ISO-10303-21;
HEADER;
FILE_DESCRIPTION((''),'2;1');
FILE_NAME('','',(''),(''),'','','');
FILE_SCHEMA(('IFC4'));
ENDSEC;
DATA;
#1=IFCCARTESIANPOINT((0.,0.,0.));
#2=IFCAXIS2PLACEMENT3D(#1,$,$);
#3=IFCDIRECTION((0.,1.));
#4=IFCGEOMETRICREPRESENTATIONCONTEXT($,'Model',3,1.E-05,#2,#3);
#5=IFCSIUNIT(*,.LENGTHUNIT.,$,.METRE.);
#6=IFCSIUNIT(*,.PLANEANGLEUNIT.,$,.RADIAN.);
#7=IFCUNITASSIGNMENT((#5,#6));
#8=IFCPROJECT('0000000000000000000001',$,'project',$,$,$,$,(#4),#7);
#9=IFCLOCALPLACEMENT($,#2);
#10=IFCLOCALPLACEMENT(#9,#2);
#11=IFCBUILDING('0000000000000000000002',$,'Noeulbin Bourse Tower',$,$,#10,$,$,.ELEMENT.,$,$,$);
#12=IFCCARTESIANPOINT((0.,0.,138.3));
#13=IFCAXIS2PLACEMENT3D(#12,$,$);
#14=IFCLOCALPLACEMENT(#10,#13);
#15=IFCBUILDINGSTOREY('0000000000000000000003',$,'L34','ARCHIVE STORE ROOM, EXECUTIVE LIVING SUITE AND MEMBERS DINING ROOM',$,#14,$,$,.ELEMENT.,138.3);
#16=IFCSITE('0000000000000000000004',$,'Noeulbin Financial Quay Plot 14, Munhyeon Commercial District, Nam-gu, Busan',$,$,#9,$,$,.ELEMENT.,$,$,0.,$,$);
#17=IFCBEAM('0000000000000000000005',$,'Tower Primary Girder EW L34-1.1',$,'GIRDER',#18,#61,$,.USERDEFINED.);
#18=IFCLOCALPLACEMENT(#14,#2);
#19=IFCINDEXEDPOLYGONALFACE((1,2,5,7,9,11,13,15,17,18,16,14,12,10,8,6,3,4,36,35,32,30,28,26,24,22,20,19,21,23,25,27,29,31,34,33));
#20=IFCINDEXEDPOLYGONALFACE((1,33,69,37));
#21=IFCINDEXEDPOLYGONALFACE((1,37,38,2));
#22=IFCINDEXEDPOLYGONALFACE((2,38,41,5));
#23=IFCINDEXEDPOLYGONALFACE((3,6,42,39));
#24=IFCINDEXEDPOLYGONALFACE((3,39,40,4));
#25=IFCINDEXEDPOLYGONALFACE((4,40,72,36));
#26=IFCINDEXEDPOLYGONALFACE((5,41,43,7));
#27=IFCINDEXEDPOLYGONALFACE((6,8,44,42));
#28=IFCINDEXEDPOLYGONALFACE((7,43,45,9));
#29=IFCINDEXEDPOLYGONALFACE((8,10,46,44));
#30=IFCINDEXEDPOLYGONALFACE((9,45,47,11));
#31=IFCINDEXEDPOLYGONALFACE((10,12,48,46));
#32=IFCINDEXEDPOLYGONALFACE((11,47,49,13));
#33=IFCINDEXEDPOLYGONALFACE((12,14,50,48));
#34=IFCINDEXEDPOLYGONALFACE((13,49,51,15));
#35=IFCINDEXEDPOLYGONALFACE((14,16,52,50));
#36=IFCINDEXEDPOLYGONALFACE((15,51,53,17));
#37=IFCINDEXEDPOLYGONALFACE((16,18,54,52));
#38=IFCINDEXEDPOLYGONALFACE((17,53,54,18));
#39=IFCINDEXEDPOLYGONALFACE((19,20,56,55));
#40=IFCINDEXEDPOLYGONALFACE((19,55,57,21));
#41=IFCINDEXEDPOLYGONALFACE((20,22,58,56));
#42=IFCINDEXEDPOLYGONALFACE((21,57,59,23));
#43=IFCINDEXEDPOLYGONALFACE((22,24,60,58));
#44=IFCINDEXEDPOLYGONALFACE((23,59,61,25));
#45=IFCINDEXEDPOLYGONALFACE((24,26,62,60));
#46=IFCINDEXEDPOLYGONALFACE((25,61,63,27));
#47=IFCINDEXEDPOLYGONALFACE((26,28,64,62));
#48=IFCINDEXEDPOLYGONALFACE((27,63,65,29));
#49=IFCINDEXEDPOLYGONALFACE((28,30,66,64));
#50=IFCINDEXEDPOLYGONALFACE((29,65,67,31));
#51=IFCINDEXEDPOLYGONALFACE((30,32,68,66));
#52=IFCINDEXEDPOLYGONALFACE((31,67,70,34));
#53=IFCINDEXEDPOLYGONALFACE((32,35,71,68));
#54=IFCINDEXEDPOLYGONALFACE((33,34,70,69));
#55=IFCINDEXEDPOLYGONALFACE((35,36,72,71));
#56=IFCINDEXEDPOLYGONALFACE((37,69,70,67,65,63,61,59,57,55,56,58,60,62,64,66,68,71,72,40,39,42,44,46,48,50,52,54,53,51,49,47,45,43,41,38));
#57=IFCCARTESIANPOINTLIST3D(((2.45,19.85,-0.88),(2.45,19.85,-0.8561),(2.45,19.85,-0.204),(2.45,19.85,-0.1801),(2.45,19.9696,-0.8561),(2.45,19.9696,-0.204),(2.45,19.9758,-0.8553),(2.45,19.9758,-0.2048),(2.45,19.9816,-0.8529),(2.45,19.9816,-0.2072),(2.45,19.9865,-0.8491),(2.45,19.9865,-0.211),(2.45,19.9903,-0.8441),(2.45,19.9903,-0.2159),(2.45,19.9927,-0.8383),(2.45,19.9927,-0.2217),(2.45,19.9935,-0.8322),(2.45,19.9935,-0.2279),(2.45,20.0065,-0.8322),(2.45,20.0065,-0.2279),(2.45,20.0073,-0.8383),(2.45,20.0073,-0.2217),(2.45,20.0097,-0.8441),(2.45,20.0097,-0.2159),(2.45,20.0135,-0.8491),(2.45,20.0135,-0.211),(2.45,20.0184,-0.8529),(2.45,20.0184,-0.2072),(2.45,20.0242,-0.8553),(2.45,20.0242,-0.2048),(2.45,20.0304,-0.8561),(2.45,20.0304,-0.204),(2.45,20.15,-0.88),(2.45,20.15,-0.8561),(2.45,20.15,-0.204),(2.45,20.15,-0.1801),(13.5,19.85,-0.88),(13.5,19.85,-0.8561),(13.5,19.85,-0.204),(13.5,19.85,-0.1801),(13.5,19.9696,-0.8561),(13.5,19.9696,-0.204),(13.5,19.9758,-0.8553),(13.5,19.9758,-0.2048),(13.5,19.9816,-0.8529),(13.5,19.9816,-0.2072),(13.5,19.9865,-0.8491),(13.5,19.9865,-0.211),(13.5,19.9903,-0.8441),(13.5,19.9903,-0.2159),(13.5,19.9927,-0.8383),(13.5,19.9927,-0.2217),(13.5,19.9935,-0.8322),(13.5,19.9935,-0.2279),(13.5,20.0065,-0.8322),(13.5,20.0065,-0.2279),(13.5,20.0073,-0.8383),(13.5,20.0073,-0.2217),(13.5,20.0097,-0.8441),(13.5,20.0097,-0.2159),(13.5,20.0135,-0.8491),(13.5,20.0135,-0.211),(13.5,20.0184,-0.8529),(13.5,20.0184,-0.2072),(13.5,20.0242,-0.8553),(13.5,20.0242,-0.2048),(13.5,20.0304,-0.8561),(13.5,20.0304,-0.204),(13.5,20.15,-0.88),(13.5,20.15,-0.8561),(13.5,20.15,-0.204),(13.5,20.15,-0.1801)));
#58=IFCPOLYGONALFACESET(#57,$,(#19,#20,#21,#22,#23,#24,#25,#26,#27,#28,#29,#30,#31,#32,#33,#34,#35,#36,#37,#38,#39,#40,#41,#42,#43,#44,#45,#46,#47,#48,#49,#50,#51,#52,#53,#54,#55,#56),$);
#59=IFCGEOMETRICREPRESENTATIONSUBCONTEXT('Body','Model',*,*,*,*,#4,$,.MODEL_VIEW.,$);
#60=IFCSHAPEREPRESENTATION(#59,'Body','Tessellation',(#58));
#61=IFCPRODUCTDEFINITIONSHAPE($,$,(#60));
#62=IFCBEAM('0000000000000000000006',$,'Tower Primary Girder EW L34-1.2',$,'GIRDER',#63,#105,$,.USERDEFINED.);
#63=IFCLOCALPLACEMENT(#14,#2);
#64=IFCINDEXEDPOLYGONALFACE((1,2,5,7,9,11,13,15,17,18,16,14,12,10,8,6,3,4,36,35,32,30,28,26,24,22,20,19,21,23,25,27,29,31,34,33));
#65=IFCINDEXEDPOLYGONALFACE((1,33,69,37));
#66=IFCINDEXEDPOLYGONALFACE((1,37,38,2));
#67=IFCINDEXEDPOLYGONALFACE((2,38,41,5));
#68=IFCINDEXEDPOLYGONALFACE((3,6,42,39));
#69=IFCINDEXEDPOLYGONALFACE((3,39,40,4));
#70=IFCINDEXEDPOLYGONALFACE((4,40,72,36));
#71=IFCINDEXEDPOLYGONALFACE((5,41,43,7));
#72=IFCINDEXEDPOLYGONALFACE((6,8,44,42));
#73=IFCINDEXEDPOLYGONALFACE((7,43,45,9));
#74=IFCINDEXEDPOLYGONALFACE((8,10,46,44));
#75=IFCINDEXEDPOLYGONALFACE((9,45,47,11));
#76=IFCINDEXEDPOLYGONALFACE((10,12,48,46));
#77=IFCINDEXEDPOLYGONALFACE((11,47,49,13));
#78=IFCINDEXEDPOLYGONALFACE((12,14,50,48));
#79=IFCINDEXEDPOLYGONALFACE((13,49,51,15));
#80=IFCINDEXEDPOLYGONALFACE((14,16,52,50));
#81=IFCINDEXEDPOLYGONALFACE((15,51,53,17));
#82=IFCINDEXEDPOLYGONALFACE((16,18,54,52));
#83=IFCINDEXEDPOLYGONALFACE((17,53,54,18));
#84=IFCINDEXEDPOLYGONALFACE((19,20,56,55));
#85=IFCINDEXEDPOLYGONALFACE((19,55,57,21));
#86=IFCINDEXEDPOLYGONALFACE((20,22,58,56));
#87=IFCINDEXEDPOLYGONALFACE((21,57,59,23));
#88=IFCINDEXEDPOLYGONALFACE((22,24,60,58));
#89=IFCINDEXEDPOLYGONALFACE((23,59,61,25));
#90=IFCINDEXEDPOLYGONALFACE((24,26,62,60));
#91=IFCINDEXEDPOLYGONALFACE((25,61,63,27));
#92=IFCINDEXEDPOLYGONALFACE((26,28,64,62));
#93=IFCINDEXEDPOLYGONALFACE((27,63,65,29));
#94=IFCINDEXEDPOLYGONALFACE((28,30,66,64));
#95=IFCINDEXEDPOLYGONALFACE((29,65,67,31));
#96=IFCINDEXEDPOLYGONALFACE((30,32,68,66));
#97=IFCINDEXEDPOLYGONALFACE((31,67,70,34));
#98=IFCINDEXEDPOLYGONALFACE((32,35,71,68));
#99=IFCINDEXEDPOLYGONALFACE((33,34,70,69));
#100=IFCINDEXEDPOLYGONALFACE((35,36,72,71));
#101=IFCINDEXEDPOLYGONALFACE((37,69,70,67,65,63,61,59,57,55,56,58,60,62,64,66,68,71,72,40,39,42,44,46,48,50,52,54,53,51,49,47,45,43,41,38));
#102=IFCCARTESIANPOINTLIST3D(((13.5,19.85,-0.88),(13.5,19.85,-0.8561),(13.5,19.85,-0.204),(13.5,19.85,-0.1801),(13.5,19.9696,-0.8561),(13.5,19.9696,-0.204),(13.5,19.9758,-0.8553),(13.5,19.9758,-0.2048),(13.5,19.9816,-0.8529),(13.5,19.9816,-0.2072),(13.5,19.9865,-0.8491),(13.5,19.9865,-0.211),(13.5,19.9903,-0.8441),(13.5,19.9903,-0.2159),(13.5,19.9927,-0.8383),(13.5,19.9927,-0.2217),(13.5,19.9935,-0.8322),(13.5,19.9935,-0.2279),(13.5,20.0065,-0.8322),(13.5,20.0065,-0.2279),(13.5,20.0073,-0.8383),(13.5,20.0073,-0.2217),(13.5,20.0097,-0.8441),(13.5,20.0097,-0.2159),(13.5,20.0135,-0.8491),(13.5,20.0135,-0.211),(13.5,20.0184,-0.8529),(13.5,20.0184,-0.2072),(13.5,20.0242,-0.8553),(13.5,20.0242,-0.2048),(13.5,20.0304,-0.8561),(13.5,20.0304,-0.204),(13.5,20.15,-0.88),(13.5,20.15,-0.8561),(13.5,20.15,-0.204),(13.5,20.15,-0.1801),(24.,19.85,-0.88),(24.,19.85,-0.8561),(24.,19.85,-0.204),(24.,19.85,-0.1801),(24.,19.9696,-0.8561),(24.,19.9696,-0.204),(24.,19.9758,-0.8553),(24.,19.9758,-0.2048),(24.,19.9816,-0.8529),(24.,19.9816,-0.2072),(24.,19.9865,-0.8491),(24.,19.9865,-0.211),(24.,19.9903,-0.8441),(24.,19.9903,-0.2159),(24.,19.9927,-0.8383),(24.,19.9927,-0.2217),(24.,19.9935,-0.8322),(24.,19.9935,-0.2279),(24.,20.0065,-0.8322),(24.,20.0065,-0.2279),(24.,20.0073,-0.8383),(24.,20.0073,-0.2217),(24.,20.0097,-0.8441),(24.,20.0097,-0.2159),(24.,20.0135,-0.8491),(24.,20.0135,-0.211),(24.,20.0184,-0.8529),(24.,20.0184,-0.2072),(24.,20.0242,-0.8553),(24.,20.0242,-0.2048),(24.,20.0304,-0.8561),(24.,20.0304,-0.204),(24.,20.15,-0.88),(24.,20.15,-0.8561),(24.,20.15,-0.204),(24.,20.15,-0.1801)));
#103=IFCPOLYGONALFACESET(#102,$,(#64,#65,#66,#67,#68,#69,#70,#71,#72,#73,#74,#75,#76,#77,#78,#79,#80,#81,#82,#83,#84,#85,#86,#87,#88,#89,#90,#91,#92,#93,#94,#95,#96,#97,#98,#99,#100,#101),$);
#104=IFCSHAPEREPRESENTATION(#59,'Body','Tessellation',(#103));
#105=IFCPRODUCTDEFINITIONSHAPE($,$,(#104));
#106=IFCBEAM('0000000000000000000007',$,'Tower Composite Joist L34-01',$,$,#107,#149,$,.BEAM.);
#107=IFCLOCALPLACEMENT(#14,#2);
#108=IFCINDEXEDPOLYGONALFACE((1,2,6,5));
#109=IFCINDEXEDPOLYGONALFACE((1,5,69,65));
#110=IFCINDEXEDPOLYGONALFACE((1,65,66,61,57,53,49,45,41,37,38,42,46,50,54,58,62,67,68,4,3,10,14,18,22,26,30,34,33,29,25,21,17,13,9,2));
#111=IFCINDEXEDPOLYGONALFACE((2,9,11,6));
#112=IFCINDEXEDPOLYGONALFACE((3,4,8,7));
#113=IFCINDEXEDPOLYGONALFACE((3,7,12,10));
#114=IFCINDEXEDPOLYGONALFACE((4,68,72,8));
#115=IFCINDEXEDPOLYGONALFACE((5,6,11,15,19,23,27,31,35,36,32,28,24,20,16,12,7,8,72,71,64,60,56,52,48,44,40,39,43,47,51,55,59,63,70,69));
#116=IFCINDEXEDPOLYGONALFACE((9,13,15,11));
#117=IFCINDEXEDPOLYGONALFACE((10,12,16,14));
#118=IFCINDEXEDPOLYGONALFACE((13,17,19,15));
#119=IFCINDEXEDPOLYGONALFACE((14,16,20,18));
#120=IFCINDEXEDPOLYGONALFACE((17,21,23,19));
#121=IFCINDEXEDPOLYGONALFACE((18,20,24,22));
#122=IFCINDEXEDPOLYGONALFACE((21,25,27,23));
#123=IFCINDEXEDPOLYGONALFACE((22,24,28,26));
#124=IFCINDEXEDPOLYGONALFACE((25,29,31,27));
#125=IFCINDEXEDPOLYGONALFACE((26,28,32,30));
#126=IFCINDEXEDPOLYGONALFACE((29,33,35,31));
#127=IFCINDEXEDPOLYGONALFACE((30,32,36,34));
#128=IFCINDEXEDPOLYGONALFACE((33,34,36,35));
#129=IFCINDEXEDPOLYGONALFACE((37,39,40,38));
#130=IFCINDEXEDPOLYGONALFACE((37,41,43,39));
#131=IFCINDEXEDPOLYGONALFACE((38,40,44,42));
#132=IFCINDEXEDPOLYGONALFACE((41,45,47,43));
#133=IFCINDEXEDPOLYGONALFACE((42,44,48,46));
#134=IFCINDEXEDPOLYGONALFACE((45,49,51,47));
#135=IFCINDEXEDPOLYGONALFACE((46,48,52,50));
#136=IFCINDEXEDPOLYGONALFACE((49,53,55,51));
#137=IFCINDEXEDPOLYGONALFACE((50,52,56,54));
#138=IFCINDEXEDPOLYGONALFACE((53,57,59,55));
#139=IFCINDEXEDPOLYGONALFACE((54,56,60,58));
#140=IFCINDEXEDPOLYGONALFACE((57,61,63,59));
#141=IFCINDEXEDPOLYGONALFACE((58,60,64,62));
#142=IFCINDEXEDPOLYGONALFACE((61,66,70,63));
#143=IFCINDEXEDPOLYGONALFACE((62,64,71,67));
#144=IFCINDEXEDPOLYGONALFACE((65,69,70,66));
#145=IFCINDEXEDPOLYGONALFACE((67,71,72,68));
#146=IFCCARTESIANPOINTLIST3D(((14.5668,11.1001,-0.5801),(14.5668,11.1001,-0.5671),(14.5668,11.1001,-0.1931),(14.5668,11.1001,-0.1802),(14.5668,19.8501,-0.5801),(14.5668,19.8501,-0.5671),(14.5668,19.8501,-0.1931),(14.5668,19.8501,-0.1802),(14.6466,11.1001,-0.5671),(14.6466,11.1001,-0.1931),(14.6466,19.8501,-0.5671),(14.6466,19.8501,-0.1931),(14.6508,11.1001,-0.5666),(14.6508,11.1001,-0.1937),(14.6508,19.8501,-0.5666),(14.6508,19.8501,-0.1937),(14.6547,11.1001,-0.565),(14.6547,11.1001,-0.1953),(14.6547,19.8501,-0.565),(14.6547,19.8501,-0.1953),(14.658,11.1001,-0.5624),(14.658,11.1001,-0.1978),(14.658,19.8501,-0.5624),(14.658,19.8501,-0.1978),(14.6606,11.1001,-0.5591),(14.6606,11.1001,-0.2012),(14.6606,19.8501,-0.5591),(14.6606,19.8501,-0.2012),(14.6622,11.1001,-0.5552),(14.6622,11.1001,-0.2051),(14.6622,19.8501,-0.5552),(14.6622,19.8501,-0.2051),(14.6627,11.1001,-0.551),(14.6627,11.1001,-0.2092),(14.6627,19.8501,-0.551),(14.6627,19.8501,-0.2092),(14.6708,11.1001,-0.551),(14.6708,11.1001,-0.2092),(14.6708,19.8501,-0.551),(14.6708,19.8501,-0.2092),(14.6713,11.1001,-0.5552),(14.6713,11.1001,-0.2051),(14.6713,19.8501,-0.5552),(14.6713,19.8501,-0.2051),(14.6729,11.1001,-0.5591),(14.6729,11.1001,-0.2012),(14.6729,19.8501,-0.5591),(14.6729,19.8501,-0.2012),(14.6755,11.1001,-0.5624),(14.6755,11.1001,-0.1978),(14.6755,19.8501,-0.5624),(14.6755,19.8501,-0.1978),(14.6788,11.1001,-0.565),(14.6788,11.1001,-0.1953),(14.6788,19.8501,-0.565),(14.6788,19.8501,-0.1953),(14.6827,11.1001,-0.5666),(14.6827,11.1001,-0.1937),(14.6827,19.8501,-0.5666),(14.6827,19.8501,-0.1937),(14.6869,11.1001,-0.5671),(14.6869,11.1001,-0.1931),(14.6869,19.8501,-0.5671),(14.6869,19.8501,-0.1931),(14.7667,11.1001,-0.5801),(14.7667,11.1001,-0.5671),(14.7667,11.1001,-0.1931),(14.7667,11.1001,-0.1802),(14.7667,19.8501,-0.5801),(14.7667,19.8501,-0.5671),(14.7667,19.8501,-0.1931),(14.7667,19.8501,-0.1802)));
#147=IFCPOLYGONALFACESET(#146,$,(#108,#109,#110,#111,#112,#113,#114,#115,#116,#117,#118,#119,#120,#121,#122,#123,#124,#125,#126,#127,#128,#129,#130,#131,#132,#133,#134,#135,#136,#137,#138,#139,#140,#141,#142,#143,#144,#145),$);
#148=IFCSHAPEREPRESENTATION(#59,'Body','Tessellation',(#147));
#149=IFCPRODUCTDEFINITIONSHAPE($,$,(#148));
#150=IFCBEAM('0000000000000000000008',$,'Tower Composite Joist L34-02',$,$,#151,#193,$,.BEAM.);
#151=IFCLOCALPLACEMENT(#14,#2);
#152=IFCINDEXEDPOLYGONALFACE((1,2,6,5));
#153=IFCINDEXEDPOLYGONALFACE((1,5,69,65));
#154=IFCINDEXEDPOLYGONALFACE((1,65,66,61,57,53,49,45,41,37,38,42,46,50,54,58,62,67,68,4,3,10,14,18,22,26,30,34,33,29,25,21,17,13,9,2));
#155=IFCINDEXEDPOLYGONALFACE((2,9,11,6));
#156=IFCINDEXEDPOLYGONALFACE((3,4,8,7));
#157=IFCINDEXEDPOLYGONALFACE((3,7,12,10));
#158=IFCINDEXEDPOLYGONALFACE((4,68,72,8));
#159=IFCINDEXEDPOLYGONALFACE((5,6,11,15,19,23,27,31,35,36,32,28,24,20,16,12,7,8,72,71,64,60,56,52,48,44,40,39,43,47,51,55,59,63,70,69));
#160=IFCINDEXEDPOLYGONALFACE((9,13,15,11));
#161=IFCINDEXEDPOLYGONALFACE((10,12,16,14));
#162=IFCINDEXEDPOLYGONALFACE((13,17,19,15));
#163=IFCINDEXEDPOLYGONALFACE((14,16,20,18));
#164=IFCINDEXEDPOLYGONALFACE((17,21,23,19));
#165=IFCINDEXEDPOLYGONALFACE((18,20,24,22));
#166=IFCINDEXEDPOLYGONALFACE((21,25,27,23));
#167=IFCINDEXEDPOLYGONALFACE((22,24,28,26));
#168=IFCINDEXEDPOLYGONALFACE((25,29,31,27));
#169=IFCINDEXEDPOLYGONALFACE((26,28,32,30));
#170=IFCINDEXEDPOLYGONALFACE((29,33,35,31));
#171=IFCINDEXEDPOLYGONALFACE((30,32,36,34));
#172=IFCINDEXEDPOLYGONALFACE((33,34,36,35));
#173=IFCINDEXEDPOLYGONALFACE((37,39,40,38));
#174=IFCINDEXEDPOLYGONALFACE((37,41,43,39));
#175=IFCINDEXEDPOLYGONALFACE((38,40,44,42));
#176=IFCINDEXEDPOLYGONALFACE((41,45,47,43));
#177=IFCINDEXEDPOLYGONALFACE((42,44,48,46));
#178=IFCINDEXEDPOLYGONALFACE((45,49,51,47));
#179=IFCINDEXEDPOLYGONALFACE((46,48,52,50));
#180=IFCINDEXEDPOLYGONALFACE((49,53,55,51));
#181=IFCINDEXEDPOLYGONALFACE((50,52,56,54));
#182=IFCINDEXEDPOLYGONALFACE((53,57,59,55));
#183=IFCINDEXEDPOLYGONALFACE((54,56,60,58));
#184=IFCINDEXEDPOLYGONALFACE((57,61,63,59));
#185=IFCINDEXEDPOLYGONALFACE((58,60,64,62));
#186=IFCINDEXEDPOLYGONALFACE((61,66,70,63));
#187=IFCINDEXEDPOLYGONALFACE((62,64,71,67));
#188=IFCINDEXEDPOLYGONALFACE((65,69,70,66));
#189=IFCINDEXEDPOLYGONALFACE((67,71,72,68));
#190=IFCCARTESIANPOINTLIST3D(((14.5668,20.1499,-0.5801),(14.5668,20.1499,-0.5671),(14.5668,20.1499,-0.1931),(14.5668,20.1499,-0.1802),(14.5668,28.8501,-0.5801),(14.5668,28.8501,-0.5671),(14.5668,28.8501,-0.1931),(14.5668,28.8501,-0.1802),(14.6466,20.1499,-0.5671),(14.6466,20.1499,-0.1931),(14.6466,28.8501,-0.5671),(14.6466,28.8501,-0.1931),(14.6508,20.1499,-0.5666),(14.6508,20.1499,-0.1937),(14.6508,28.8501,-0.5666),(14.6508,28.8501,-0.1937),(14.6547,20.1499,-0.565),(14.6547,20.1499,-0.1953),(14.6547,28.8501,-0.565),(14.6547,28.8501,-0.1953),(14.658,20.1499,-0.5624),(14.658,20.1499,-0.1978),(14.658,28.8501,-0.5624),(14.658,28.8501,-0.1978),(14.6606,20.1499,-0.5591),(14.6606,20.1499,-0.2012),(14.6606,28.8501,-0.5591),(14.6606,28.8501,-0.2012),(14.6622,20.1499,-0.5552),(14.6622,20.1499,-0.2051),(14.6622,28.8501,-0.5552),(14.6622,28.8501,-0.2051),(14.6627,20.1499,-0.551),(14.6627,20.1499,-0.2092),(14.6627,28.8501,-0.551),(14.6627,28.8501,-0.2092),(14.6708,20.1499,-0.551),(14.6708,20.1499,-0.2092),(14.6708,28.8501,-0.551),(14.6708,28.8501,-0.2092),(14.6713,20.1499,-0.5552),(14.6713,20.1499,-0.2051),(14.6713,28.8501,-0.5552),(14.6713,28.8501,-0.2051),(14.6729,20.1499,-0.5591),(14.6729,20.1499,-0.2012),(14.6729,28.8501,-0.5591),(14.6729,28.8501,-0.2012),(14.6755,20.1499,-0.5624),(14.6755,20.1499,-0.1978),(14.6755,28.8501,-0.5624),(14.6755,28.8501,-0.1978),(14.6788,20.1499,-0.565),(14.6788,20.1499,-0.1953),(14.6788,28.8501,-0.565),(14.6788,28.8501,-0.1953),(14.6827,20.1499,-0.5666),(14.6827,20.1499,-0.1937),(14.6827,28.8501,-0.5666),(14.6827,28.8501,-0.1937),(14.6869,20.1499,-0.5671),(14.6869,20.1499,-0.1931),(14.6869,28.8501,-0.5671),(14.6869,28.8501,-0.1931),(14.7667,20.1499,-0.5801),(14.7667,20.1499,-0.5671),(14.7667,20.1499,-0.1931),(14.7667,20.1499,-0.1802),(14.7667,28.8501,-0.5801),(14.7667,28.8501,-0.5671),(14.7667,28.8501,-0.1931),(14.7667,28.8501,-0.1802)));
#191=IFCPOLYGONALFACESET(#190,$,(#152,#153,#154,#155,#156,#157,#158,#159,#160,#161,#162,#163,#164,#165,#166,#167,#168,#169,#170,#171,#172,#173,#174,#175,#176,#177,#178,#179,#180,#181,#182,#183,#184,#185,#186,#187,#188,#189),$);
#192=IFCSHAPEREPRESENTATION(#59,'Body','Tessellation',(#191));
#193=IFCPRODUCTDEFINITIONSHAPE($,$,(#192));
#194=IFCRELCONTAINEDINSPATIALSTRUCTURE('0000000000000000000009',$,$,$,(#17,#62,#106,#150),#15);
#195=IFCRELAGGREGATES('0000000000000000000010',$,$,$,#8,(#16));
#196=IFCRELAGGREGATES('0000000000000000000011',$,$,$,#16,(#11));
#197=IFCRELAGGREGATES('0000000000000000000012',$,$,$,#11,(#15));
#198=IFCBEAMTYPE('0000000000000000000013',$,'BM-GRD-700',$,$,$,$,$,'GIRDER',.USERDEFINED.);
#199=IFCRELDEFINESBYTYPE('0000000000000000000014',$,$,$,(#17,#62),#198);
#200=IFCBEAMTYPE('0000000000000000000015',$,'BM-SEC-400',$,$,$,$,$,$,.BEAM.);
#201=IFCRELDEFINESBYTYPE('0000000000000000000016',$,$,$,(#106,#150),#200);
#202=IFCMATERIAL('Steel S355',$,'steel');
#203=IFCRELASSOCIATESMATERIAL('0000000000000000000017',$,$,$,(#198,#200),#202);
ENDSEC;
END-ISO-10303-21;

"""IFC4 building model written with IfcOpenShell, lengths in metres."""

from ifc_helpers import new_model, si_unit, direction, frame, origin, origin_2d, place, context, subcontext, project, spatial, i_section, extrude, material, material_profile, profile_set, type_object, element, save


model = new_model("IFC4")

# Units and contexts
model_context = context("Model", 3, precision=1e-05, world=origin(), true_north=direction((0.0, 1.0)))
body_context = subcontext(model_context, "Body", "Model", "MODEL_VIEW")
ifc_project = project(units=[si_unit("LENGTHUNIT", "METRE"), si_unit("PLANEANGLEUNIT", "RADIAN")], contexts=[model_context])

# Site, building, storey
site_placement = place(None, origin())
site = spatial("IfcSite", under=ifc_project, at=site_placement, Name="Noeulbin Financial Quay Plot 14, Munhyeon Commercial District, Nam-gu, Busan", CompositionType="ELEMENT", RefElevation=0.0)
building_placement = place(site_placement, origin())
building = spatial("IfcBuilding", under=site, at=building_placement, Name="Noeulbin Bourse Tower", CompositionType="ELEMENT")
storey_placement = place(building_placement, frame((0.0, 0.0, 138.3)))
storey = spatial("IfcBuildingStorey", under=building, at=storey_placement, Name="L34", Description="ARCHIVE STORE ROOM, EXECUTIVE LIVING SUITE AND MEMBERS DINING ROOM", CompositionType="ELEMENT", Elevation=138.3)

# Shared definitions
ifc_material_1 = material(Name="Steel S355", Category="steel")

# Beams
ifc_material_profile_1 = material_profile(ifc_material_1, i_section(OverallWidth=0.3, OverallDepth=0.7, WebThickness=0.0129, FlangeThickness=0.0239, FilletRadius=0.0239, at=origin_2d()), Name="H-700x300x13x24", Category="LoadBearing")
ifc_profile_set_1 = profile_set([ifc_material_profile_1], Name="Steel S355")
beam_type_1 = type_object("IfcBeamType", Name="BM-GRD-700", ElementType="GIRDER", PredefinedType="USERDEFINED", material=ifc_profile_set_1)
beam_1_placement = place(storey_placement, frame((2.45, 20.0, -0.53), z_axis=(1.0, 0.0, 0.0), x_axis=(0.0, 1.0, 0.0)))
element("IfcBeam", 1, at=beam_1_placement, inside=storey, type_object=beam_type_1, Name="Tower Primary Girder EW L34-1.1", ObjectType="GIRDER", PredefinedType="USERDEFINED", context=body_context, shape_type="SweptSolid", body=[
    extrude(i_section(OverallWidth=0.3, OverallDepth=0.7, WebThickness=0.0129, FlangeThickness=0.0239, FilletRadius=0.0239, at=origin_2d()), origin(), (0.0, 0.0, 1.0), 11.05),
])
beam_2_placement = place(storey_placement, frame((13.5, 20.0, -0.53), z_axis=(1.0, 0.0, 0.0), x_axis=(0.0, 1.0, 0.0)))
element("IfcBeam", 2, at=beam_2_placement, inside=storey, type_object=beam_type_1, Name="Tower Primary Girder EW L34-1.2", ObjectType="GIRDER", PredefinedType="USERDEFINED", context=body_context, shape_type="SweptSolid", body=[
    extrude(i_section(OverallWidth=0.3, OverallDepth=0.7, WebThickness=0.0129, FlangeThickness=0.0239, FilletRadius=0.0239, at=origin_2d()), origin(), (0.0, 0.0, 1.0), 10.5),
])
ifc_material_profile_2 = material_profile(ifc_material_1, i_section(OverallWidth=0.2, OverallDepth=0.3999, WebThickness=0.0081, FlangeThickness=0.0129, FilletRadius=0.0161, at=origin_2d()), Name="H-400x200x8x13", Category="LoadBearing")
ifc_profile_set_2 = profile_set([ifc_material_profile_2], Name="Steel S355")
beam_type_2 = type_object("IfcBeamType", Name="BM-SEC-400", PredefinedType="BEAM", material=ifc_profile_set_2)
beam_3_placement = place(storey_placement, frame((14.6667, 11.1001, -0.3801), z_axis=(0.0, 1.0, 0.0), x_axis=(-1.0, 0.0, 0.0)))
element("IfcBeam", 3, at=beam_3_placement, inside=storey, type_object=beam_type_2, Name="Tower Composite Joist L34-01", PredefinedType="BEAM", context=body_context, shape_type="SweptSolid", body=[
    extrude(i_section(OverallWidth=0.2, OverallDepth=0.3999, WebThickness=0.0081, FlangeThickness=0.0129, FilletRadius=0.0161, at=origin_2d()), origin(), (0.0, 0.0, 1.0), 8.75),
])
beam_4_placement = place(storey_placement, frame((14.6667, 20.1499, -0.3801), z_axis=(0.0, 1.0, 0.0), x_axis=(-1.0, 0.0, 0.0)))
element("IfcBeam", 4, at=beam_4_placement, inside=storey, type_object=beam_type_2, Name="Tower Composite Joist L34-02", PredefinedType="BEAM", context=body_context, shape_type="SweptSolid", body=[
    extrude(i_section(OverallWidth=0.2, OverallDepth=0.3999, WebThickness=0.0081, FlangeThickness=0.0129, FilletRadius=0.0161, at=origin_2d()), origin(), (0.0, 0.0, 1.0), 8.7002),
])

save(model, "model.ifc")
